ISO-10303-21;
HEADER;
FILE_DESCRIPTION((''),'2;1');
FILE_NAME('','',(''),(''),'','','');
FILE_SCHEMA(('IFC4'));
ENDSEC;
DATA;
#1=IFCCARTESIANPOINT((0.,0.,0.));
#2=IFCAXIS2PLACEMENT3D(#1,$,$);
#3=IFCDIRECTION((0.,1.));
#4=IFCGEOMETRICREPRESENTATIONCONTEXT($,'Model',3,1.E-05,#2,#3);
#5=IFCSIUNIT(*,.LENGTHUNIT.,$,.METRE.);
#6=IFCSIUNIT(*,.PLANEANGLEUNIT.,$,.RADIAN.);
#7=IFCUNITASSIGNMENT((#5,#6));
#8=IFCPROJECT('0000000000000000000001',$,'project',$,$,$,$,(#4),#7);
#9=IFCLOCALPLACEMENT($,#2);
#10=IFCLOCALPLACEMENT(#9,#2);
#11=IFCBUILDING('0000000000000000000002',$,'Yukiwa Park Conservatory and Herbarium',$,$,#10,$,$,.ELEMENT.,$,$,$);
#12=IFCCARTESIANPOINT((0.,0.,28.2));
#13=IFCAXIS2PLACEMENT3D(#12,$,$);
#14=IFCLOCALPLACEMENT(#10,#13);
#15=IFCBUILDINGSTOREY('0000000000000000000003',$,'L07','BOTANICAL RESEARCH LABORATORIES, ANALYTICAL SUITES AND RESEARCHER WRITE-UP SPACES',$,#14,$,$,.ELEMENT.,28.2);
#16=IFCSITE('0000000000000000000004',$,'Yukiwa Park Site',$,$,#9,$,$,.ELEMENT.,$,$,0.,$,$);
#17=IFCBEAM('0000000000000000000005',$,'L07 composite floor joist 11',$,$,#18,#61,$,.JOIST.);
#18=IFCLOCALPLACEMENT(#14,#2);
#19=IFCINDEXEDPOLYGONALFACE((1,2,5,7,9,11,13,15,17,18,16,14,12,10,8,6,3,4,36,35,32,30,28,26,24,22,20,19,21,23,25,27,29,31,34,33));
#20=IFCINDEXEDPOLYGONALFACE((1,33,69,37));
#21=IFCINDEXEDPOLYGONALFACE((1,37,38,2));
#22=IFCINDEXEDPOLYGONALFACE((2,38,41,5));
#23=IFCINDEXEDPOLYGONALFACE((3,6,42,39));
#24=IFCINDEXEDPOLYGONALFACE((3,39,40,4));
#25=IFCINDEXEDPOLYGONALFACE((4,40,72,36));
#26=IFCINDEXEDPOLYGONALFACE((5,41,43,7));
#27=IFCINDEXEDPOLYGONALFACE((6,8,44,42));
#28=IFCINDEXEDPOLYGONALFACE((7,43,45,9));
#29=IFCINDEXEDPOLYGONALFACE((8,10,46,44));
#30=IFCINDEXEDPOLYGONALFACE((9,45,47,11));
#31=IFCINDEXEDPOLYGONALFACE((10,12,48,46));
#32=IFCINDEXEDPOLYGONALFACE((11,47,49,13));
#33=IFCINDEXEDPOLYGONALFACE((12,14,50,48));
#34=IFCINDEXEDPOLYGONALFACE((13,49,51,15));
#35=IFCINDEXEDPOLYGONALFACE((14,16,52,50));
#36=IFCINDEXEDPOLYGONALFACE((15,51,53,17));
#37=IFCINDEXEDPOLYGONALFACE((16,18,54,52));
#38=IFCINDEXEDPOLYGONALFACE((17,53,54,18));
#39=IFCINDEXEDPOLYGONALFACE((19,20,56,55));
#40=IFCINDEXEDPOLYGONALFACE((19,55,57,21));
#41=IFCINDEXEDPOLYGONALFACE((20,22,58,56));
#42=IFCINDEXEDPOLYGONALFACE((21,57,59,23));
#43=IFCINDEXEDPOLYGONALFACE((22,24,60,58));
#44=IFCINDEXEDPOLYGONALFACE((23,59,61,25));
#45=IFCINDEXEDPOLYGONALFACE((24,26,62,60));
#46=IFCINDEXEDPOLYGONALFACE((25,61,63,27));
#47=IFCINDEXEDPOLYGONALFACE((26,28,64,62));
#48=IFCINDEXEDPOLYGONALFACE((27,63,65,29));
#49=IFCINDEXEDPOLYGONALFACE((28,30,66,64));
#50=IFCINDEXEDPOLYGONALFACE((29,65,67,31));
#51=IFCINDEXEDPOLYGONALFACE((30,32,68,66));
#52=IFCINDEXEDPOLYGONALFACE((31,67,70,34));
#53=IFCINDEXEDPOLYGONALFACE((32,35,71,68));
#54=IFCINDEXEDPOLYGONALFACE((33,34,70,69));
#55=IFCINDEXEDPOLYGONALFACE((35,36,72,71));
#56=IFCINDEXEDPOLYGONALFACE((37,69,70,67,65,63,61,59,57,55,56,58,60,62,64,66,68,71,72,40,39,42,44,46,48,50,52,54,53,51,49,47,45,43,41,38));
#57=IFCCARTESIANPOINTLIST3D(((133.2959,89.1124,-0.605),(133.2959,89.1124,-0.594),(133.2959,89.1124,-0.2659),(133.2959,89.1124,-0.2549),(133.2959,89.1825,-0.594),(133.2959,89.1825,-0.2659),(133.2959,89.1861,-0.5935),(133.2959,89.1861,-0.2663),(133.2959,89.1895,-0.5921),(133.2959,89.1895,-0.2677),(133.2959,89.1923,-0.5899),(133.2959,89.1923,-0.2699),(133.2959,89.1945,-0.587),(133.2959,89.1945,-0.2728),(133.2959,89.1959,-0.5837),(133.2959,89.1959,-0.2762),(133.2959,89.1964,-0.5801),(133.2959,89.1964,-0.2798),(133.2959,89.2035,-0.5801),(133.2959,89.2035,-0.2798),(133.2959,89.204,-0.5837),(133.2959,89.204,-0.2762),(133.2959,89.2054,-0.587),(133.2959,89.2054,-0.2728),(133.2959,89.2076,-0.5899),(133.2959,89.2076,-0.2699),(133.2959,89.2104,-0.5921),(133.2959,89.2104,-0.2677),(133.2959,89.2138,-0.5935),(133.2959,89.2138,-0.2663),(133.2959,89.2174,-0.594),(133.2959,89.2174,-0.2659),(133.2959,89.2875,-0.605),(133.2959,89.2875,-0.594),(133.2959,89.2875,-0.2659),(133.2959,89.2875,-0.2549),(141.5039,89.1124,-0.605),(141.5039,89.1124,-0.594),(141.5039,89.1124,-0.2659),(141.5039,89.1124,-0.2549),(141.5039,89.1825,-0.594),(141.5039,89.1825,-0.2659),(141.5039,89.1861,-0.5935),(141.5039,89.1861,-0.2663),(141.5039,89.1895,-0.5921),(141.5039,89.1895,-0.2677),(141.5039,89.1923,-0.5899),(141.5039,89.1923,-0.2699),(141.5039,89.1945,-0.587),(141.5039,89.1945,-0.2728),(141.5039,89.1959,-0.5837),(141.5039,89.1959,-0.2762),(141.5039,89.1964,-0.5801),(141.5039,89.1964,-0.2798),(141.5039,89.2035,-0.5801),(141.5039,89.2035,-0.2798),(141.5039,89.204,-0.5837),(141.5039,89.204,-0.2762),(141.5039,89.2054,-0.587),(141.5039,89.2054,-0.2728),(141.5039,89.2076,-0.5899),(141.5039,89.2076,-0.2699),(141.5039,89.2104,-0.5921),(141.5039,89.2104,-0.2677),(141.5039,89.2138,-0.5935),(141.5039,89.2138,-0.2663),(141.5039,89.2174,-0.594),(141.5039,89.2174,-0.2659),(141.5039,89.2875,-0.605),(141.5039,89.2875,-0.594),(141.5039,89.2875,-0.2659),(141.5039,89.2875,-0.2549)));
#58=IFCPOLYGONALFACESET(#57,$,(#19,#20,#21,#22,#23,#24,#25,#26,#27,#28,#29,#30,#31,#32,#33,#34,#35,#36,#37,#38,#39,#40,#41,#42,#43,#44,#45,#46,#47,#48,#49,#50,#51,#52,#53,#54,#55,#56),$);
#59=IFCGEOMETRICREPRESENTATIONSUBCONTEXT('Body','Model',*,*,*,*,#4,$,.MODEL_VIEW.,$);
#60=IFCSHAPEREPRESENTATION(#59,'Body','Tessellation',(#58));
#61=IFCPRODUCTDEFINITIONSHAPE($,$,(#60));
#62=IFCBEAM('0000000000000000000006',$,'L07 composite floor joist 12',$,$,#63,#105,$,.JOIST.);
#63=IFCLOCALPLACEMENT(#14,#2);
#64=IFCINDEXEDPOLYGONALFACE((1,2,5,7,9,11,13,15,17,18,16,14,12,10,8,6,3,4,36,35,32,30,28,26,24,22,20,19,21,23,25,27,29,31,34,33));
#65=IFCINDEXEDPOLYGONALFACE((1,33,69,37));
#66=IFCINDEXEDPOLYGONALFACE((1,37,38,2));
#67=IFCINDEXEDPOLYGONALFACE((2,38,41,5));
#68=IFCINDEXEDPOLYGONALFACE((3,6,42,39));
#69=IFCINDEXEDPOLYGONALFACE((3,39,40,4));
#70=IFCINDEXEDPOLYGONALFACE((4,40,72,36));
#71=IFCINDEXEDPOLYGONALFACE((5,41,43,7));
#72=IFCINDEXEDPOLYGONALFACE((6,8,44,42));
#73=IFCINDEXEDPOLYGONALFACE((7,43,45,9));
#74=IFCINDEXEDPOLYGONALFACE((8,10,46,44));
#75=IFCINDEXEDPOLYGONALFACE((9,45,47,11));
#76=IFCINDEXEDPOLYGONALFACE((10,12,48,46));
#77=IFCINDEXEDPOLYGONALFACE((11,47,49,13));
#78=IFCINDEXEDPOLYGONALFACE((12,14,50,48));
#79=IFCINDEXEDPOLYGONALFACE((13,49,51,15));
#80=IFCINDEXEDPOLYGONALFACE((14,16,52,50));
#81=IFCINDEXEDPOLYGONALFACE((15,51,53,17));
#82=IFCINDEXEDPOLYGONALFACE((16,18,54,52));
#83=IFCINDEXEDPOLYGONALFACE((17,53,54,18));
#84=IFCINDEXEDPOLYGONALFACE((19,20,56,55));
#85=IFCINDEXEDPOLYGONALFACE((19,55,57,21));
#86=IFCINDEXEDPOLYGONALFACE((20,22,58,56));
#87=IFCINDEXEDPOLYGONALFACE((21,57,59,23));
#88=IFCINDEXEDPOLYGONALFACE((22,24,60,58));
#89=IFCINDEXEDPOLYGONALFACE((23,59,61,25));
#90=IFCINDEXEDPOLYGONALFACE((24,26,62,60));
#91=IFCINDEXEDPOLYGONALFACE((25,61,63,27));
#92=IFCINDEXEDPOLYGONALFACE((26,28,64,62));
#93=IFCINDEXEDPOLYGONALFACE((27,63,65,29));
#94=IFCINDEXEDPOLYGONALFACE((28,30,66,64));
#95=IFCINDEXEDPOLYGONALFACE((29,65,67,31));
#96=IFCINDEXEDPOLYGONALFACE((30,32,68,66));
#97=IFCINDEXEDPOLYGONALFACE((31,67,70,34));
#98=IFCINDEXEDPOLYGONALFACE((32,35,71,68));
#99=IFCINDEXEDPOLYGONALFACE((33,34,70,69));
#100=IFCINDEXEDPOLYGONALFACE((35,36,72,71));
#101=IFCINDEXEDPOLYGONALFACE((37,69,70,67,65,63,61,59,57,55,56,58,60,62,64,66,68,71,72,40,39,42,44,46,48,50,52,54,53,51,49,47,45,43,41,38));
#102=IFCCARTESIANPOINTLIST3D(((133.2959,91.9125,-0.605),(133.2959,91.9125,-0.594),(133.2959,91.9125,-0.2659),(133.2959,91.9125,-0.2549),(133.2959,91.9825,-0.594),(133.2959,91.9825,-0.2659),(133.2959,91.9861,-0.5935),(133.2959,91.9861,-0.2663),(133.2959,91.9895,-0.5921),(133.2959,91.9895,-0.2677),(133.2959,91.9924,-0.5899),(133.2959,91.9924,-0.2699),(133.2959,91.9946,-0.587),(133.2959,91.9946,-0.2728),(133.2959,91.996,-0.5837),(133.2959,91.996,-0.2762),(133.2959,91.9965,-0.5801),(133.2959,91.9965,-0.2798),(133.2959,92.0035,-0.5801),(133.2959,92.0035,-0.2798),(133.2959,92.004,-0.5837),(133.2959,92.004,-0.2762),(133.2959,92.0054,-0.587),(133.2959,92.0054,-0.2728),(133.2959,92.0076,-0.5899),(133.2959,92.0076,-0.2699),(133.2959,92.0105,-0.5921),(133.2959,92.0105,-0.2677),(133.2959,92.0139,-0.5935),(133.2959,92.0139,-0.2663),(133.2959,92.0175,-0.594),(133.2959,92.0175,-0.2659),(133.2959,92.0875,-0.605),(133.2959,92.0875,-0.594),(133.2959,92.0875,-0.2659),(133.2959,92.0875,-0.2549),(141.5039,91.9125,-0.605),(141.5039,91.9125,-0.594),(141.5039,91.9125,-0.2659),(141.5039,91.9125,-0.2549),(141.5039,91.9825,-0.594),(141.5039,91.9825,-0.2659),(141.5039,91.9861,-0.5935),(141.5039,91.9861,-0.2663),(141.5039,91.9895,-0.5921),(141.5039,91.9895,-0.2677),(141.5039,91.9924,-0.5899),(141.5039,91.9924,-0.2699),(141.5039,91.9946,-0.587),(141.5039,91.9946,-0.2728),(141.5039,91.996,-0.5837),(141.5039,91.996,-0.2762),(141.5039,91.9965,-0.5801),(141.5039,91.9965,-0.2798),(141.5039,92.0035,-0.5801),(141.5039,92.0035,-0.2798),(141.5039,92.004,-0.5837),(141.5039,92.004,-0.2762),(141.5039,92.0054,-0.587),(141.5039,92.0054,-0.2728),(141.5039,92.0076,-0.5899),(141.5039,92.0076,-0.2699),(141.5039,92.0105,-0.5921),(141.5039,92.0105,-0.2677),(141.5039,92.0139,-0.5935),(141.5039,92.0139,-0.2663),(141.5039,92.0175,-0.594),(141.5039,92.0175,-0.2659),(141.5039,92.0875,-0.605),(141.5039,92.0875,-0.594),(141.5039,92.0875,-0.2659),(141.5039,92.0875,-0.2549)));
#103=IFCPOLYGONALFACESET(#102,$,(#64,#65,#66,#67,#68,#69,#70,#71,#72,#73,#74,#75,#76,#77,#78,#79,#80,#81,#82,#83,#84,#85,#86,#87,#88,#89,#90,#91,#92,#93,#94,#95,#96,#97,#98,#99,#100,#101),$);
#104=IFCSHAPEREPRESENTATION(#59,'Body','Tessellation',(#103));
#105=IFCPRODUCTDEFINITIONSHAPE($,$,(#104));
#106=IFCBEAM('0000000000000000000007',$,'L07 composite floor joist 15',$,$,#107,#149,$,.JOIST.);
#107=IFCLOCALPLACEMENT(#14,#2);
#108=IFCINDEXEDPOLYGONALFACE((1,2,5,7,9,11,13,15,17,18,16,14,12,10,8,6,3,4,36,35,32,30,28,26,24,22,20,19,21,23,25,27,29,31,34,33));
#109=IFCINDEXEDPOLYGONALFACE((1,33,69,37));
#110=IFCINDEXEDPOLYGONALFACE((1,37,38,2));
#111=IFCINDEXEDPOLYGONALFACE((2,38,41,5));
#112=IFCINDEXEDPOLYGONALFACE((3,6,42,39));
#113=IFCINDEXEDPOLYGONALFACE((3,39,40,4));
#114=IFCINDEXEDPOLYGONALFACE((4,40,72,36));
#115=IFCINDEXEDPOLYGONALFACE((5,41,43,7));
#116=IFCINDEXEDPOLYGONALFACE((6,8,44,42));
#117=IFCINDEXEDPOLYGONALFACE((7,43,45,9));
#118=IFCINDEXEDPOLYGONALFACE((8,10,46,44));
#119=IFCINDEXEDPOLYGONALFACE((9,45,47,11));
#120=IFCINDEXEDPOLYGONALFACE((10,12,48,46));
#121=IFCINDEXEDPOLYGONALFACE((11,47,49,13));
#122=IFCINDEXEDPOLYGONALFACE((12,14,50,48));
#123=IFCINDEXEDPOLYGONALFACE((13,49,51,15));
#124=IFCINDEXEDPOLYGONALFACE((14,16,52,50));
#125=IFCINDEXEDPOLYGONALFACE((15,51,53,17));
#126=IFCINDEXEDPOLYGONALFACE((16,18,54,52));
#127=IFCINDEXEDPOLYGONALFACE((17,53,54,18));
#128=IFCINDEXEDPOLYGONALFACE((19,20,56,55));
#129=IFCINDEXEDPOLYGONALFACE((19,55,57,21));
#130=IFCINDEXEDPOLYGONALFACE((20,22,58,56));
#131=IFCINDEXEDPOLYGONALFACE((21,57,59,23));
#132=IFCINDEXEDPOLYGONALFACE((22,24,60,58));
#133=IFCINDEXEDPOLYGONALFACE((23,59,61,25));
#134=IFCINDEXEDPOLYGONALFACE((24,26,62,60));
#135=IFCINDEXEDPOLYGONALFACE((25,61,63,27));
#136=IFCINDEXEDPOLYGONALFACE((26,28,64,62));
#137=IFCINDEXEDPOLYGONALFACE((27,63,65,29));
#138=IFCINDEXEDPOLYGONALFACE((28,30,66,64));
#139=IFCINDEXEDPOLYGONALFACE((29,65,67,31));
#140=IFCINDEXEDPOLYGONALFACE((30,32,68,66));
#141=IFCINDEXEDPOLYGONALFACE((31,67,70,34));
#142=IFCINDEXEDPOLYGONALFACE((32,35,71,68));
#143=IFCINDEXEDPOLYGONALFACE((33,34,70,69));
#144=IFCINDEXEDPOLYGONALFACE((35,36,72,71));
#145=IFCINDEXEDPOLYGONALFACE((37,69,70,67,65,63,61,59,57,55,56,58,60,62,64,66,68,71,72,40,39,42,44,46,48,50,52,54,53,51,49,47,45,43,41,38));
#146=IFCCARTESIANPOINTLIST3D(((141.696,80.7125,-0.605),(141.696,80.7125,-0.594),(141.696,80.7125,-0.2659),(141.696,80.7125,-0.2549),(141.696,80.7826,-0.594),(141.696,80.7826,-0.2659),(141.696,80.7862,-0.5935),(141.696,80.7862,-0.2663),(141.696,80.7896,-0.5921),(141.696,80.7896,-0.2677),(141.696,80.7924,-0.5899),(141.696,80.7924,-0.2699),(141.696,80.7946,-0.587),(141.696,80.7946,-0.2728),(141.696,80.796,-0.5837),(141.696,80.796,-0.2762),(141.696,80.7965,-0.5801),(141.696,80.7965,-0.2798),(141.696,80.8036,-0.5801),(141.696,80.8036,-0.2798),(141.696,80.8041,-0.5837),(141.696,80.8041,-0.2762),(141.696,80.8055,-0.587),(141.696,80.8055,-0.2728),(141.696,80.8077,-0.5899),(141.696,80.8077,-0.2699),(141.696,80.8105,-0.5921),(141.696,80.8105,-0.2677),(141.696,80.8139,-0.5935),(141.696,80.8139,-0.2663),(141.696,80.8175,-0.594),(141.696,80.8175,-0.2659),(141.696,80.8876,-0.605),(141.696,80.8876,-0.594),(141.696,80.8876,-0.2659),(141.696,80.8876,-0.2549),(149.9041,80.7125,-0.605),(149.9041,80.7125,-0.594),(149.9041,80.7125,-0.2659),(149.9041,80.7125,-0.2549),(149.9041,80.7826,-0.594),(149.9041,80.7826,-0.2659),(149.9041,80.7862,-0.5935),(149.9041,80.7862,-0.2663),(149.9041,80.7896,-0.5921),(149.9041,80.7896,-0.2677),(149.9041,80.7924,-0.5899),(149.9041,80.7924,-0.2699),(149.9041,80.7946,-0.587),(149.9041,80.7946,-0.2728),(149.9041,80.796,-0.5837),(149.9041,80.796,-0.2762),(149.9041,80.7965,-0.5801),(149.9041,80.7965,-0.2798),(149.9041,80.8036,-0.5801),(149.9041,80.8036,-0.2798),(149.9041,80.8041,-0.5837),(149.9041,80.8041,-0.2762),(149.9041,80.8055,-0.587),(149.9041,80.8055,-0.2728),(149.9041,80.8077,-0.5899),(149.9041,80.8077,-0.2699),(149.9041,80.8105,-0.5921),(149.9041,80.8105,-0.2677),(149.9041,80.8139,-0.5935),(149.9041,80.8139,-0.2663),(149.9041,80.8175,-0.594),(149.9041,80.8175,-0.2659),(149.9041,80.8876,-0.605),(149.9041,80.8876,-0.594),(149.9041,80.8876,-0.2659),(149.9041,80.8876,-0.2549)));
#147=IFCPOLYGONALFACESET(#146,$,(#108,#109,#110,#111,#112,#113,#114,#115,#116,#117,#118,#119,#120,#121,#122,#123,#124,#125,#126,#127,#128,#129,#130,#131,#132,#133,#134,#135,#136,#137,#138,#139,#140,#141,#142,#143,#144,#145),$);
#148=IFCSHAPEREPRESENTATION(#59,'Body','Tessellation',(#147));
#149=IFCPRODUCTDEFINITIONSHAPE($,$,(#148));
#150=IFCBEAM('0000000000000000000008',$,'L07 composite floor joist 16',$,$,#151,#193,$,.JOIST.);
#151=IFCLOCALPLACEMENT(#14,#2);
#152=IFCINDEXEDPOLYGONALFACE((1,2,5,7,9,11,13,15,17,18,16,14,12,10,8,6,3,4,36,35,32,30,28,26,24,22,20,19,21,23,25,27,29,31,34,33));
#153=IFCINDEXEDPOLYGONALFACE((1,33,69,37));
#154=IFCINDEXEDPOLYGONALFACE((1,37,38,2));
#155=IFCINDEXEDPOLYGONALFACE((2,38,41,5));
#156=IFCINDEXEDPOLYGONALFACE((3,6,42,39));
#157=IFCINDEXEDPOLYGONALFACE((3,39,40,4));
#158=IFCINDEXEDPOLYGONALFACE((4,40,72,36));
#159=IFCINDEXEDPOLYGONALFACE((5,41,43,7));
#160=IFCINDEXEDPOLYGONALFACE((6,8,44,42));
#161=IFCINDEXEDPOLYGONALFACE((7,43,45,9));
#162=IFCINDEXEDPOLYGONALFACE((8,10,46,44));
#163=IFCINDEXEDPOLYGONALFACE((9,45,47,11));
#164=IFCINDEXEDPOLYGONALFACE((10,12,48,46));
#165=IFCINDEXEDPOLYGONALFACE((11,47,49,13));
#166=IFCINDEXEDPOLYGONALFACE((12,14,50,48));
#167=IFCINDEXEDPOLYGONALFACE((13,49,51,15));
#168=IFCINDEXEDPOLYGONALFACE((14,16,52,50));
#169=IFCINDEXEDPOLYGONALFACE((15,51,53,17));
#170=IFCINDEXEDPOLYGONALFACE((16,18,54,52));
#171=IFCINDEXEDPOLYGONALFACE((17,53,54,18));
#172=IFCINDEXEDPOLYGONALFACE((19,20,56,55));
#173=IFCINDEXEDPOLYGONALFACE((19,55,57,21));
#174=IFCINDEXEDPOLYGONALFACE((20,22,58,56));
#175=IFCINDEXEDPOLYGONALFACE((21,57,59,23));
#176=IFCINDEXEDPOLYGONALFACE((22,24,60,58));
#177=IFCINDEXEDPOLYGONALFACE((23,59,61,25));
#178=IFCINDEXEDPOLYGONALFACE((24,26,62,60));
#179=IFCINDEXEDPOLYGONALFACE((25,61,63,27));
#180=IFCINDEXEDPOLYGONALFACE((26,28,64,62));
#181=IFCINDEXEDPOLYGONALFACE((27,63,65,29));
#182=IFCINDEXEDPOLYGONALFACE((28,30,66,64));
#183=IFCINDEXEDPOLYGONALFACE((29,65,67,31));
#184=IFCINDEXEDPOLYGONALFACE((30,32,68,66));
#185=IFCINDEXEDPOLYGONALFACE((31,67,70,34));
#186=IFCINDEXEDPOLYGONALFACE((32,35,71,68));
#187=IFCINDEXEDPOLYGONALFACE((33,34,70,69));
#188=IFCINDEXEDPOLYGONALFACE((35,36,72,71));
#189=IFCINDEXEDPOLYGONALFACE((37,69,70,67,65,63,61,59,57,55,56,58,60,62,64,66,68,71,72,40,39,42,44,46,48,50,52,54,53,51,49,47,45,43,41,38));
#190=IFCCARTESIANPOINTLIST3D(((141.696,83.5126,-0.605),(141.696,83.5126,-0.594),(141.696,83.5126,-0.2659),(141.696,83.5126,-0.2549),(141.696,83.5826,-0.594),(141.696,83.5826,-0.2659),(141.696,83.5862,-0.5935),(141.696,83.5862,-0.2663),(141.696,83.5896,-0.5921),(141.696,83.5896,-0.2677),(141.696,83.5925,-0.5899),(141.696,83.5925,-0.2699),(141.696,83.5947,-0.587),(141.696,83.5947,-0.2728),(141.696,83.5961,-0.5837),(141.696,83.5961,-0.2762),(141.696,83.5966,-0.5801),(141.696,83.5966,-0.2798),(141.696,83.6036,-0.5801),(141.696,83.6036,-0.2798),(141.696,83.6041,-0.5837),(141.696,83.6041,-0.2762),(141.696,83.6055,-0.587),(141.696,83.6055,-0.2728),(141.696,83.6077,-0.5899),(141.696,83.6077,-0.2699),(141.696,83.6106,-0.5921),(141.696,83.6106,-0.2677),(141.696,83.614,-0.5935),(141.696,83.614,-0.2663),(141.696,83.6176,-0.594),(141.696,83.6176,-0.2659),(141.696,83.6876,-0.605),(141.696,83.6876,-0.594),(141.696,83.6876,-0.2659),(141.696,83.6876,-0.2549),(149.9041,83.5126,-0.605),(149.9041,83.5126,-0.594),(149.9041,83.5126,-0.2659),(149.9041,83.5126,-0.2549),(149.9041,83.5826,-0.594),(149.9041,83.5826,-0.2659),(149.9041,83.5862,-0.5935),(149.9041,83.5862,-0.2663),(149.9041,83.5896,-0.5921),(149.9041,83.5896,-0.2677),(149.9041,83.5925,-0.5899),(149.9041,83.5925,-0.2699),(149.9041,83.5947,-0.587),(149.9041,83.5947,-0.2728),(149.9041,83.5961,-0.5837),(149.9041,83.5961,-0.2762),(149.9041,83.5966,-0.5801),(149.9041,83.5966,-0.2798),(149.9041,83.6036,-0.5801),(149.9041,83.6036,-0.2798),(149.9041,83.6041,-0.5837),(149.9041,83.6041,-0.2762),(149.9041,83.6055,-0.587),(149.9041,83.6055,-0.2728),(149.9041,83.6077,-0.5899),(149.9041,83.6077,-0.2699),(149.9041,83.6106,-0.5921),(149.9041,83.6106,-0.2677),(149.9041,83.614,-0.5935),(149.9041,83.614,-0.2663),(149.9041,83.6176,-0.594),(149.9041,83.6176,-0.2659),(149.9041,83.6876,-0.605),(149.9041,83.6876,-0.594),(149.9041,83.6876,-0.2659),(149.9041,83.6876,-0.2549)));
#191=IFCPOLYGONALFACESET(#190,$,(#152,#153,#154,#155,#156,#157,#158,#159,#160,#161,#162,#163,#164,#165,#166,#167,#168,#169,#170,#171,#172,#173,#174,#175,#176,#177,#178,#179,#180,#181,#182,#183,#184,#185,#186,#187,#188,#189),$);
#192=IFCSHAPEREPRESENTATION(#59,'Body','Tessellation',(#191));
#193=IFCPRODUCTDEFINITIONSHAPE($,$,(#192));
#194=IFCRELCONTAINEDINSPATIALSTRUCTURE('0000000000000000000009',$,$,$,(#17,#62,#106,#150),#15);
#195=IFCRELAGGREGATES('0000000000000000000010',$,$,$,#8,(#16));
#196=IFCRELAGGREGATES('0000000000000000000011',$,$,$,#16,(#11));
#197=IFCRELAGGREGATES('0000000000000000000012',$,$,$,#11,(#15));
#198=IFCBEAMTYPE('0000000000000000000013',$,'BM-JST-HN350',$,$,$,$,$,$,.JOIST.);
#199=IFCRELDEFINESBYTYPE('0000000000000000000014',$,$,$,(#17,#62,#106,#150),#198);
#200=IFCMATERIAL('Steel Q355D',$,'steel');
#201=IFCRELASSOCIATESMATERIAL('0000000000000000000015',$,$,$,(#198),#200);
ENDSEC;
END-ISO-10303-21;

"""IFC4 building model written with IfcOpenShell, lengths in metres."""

from ifc_helpers import new_model, si_unit, direction, frame, origin, origin_2d, place, context, subcontext, project, spatial, i_section, extrude, material, material_profile, profile_set, type_object, element, save


model = new_model("IFC4")

# Units and contexts
model_context = context("Model", 3, precision=1e-05, world=origin(), true_north=direction((0.0, 1.0)))
body_context = subcontext(model_context, "Body", "Model", "MODEL_VIEW")
ifc_project = project(units=[si_unit("LENGTHUNIT", "METRE"), si_unit("PLANEANGLEUNIT", "RADIAN")], contexts=[model_context])

# Site, building, storey
site_placement = place(None, origin())
site = spatial("IfcSite", under=ifc_project, at=site_placement, Name="Yukiwa Park Site", CompositionType="ELEMENT", RefElevation=0.0)
building_placement = place(site_placement, origin())
building = spatial("IfcBuilding", under=site, at=building_placement, Name="Yukiwa Park Conservatory and Herbarium", CompositionType="ELEMENT")
storey_placement = place(building_placement, frame((0.0, 0.0, 28.2)))
storey = spatial("IfcBuildingStorey", under=building, at=storey_placement, Name="L07", Description="BOTANICAL RESEARCH LABORATORIES, ANALYTICAL SUITES AND RESEARCHER WRITE-UP SPACES", CompositionType="ELEMENT", Elevation=28.2)

# Beams
ifc_material_1 = material(Name="Steel Q355D", Category="steel")
ifc_material_profile_1 = material_profile(ifc_material_1, i_section(OverallWidth=0.175, OverallDepth=0.3501, WebThickness=0.0071, FlangeThickness=0.011, FilletRadius=0.0139, at=origin_2d()), Name="HN 350x175x7x11")
ifc_profile_set_1 = profile_set([ifc_material_profile_1], Name="Steel Q355D")
beam_type_1 = type_object("IfcBeamType", Name="BM-JST-HN350", PredefinedType="JOIST", material=ifc_profile_set_1)
for number, where, z_axis, x_axis, name in (
    (1, (133.2959, 89.2, -0.4299), (1.0, 0.0, 0.0), (0.0, 1.0, 0.0), "L07 composite floor joist 11"),
    (2, (133.2959, 92.0, -0.4299), (1.0, 0.0, 0.0), (0.0, 1.0, 0.0), "L07 composite floor joist 12"),
    (3, (141.696, 80.8, -0.4299), (1.0, 0.0, 0.0), (0.0, 1.0, 0.0), "L07 composite floor joist 15"),
    (4, (141.696, 83.6001, -0.4299), (1.0, 0.0, 0.0), (0.0, 1.0, 0.0), "L07 composite floor joist 16"),
):
    element("IfcBeam", number, at=place(storey_placement, frame(where, z_axis=z_axis, x_axis=x_axis)), inside=storey, type_object=beam_type_1, Name=name, PredefinedType="JOIST", context=body_context, shape_type="SweptSolid", body=[
        extrude(i_section(OverallWidth=0.175, OverallDepth=0.3501, WebThickness=0.0071, FlangeThickness=0.011, FilletRadius=0.0139, at=origin_2d()), origin(), (0.0, 0.0, 1.0), 8.208),
    ])

save(model, "model.ifc")
